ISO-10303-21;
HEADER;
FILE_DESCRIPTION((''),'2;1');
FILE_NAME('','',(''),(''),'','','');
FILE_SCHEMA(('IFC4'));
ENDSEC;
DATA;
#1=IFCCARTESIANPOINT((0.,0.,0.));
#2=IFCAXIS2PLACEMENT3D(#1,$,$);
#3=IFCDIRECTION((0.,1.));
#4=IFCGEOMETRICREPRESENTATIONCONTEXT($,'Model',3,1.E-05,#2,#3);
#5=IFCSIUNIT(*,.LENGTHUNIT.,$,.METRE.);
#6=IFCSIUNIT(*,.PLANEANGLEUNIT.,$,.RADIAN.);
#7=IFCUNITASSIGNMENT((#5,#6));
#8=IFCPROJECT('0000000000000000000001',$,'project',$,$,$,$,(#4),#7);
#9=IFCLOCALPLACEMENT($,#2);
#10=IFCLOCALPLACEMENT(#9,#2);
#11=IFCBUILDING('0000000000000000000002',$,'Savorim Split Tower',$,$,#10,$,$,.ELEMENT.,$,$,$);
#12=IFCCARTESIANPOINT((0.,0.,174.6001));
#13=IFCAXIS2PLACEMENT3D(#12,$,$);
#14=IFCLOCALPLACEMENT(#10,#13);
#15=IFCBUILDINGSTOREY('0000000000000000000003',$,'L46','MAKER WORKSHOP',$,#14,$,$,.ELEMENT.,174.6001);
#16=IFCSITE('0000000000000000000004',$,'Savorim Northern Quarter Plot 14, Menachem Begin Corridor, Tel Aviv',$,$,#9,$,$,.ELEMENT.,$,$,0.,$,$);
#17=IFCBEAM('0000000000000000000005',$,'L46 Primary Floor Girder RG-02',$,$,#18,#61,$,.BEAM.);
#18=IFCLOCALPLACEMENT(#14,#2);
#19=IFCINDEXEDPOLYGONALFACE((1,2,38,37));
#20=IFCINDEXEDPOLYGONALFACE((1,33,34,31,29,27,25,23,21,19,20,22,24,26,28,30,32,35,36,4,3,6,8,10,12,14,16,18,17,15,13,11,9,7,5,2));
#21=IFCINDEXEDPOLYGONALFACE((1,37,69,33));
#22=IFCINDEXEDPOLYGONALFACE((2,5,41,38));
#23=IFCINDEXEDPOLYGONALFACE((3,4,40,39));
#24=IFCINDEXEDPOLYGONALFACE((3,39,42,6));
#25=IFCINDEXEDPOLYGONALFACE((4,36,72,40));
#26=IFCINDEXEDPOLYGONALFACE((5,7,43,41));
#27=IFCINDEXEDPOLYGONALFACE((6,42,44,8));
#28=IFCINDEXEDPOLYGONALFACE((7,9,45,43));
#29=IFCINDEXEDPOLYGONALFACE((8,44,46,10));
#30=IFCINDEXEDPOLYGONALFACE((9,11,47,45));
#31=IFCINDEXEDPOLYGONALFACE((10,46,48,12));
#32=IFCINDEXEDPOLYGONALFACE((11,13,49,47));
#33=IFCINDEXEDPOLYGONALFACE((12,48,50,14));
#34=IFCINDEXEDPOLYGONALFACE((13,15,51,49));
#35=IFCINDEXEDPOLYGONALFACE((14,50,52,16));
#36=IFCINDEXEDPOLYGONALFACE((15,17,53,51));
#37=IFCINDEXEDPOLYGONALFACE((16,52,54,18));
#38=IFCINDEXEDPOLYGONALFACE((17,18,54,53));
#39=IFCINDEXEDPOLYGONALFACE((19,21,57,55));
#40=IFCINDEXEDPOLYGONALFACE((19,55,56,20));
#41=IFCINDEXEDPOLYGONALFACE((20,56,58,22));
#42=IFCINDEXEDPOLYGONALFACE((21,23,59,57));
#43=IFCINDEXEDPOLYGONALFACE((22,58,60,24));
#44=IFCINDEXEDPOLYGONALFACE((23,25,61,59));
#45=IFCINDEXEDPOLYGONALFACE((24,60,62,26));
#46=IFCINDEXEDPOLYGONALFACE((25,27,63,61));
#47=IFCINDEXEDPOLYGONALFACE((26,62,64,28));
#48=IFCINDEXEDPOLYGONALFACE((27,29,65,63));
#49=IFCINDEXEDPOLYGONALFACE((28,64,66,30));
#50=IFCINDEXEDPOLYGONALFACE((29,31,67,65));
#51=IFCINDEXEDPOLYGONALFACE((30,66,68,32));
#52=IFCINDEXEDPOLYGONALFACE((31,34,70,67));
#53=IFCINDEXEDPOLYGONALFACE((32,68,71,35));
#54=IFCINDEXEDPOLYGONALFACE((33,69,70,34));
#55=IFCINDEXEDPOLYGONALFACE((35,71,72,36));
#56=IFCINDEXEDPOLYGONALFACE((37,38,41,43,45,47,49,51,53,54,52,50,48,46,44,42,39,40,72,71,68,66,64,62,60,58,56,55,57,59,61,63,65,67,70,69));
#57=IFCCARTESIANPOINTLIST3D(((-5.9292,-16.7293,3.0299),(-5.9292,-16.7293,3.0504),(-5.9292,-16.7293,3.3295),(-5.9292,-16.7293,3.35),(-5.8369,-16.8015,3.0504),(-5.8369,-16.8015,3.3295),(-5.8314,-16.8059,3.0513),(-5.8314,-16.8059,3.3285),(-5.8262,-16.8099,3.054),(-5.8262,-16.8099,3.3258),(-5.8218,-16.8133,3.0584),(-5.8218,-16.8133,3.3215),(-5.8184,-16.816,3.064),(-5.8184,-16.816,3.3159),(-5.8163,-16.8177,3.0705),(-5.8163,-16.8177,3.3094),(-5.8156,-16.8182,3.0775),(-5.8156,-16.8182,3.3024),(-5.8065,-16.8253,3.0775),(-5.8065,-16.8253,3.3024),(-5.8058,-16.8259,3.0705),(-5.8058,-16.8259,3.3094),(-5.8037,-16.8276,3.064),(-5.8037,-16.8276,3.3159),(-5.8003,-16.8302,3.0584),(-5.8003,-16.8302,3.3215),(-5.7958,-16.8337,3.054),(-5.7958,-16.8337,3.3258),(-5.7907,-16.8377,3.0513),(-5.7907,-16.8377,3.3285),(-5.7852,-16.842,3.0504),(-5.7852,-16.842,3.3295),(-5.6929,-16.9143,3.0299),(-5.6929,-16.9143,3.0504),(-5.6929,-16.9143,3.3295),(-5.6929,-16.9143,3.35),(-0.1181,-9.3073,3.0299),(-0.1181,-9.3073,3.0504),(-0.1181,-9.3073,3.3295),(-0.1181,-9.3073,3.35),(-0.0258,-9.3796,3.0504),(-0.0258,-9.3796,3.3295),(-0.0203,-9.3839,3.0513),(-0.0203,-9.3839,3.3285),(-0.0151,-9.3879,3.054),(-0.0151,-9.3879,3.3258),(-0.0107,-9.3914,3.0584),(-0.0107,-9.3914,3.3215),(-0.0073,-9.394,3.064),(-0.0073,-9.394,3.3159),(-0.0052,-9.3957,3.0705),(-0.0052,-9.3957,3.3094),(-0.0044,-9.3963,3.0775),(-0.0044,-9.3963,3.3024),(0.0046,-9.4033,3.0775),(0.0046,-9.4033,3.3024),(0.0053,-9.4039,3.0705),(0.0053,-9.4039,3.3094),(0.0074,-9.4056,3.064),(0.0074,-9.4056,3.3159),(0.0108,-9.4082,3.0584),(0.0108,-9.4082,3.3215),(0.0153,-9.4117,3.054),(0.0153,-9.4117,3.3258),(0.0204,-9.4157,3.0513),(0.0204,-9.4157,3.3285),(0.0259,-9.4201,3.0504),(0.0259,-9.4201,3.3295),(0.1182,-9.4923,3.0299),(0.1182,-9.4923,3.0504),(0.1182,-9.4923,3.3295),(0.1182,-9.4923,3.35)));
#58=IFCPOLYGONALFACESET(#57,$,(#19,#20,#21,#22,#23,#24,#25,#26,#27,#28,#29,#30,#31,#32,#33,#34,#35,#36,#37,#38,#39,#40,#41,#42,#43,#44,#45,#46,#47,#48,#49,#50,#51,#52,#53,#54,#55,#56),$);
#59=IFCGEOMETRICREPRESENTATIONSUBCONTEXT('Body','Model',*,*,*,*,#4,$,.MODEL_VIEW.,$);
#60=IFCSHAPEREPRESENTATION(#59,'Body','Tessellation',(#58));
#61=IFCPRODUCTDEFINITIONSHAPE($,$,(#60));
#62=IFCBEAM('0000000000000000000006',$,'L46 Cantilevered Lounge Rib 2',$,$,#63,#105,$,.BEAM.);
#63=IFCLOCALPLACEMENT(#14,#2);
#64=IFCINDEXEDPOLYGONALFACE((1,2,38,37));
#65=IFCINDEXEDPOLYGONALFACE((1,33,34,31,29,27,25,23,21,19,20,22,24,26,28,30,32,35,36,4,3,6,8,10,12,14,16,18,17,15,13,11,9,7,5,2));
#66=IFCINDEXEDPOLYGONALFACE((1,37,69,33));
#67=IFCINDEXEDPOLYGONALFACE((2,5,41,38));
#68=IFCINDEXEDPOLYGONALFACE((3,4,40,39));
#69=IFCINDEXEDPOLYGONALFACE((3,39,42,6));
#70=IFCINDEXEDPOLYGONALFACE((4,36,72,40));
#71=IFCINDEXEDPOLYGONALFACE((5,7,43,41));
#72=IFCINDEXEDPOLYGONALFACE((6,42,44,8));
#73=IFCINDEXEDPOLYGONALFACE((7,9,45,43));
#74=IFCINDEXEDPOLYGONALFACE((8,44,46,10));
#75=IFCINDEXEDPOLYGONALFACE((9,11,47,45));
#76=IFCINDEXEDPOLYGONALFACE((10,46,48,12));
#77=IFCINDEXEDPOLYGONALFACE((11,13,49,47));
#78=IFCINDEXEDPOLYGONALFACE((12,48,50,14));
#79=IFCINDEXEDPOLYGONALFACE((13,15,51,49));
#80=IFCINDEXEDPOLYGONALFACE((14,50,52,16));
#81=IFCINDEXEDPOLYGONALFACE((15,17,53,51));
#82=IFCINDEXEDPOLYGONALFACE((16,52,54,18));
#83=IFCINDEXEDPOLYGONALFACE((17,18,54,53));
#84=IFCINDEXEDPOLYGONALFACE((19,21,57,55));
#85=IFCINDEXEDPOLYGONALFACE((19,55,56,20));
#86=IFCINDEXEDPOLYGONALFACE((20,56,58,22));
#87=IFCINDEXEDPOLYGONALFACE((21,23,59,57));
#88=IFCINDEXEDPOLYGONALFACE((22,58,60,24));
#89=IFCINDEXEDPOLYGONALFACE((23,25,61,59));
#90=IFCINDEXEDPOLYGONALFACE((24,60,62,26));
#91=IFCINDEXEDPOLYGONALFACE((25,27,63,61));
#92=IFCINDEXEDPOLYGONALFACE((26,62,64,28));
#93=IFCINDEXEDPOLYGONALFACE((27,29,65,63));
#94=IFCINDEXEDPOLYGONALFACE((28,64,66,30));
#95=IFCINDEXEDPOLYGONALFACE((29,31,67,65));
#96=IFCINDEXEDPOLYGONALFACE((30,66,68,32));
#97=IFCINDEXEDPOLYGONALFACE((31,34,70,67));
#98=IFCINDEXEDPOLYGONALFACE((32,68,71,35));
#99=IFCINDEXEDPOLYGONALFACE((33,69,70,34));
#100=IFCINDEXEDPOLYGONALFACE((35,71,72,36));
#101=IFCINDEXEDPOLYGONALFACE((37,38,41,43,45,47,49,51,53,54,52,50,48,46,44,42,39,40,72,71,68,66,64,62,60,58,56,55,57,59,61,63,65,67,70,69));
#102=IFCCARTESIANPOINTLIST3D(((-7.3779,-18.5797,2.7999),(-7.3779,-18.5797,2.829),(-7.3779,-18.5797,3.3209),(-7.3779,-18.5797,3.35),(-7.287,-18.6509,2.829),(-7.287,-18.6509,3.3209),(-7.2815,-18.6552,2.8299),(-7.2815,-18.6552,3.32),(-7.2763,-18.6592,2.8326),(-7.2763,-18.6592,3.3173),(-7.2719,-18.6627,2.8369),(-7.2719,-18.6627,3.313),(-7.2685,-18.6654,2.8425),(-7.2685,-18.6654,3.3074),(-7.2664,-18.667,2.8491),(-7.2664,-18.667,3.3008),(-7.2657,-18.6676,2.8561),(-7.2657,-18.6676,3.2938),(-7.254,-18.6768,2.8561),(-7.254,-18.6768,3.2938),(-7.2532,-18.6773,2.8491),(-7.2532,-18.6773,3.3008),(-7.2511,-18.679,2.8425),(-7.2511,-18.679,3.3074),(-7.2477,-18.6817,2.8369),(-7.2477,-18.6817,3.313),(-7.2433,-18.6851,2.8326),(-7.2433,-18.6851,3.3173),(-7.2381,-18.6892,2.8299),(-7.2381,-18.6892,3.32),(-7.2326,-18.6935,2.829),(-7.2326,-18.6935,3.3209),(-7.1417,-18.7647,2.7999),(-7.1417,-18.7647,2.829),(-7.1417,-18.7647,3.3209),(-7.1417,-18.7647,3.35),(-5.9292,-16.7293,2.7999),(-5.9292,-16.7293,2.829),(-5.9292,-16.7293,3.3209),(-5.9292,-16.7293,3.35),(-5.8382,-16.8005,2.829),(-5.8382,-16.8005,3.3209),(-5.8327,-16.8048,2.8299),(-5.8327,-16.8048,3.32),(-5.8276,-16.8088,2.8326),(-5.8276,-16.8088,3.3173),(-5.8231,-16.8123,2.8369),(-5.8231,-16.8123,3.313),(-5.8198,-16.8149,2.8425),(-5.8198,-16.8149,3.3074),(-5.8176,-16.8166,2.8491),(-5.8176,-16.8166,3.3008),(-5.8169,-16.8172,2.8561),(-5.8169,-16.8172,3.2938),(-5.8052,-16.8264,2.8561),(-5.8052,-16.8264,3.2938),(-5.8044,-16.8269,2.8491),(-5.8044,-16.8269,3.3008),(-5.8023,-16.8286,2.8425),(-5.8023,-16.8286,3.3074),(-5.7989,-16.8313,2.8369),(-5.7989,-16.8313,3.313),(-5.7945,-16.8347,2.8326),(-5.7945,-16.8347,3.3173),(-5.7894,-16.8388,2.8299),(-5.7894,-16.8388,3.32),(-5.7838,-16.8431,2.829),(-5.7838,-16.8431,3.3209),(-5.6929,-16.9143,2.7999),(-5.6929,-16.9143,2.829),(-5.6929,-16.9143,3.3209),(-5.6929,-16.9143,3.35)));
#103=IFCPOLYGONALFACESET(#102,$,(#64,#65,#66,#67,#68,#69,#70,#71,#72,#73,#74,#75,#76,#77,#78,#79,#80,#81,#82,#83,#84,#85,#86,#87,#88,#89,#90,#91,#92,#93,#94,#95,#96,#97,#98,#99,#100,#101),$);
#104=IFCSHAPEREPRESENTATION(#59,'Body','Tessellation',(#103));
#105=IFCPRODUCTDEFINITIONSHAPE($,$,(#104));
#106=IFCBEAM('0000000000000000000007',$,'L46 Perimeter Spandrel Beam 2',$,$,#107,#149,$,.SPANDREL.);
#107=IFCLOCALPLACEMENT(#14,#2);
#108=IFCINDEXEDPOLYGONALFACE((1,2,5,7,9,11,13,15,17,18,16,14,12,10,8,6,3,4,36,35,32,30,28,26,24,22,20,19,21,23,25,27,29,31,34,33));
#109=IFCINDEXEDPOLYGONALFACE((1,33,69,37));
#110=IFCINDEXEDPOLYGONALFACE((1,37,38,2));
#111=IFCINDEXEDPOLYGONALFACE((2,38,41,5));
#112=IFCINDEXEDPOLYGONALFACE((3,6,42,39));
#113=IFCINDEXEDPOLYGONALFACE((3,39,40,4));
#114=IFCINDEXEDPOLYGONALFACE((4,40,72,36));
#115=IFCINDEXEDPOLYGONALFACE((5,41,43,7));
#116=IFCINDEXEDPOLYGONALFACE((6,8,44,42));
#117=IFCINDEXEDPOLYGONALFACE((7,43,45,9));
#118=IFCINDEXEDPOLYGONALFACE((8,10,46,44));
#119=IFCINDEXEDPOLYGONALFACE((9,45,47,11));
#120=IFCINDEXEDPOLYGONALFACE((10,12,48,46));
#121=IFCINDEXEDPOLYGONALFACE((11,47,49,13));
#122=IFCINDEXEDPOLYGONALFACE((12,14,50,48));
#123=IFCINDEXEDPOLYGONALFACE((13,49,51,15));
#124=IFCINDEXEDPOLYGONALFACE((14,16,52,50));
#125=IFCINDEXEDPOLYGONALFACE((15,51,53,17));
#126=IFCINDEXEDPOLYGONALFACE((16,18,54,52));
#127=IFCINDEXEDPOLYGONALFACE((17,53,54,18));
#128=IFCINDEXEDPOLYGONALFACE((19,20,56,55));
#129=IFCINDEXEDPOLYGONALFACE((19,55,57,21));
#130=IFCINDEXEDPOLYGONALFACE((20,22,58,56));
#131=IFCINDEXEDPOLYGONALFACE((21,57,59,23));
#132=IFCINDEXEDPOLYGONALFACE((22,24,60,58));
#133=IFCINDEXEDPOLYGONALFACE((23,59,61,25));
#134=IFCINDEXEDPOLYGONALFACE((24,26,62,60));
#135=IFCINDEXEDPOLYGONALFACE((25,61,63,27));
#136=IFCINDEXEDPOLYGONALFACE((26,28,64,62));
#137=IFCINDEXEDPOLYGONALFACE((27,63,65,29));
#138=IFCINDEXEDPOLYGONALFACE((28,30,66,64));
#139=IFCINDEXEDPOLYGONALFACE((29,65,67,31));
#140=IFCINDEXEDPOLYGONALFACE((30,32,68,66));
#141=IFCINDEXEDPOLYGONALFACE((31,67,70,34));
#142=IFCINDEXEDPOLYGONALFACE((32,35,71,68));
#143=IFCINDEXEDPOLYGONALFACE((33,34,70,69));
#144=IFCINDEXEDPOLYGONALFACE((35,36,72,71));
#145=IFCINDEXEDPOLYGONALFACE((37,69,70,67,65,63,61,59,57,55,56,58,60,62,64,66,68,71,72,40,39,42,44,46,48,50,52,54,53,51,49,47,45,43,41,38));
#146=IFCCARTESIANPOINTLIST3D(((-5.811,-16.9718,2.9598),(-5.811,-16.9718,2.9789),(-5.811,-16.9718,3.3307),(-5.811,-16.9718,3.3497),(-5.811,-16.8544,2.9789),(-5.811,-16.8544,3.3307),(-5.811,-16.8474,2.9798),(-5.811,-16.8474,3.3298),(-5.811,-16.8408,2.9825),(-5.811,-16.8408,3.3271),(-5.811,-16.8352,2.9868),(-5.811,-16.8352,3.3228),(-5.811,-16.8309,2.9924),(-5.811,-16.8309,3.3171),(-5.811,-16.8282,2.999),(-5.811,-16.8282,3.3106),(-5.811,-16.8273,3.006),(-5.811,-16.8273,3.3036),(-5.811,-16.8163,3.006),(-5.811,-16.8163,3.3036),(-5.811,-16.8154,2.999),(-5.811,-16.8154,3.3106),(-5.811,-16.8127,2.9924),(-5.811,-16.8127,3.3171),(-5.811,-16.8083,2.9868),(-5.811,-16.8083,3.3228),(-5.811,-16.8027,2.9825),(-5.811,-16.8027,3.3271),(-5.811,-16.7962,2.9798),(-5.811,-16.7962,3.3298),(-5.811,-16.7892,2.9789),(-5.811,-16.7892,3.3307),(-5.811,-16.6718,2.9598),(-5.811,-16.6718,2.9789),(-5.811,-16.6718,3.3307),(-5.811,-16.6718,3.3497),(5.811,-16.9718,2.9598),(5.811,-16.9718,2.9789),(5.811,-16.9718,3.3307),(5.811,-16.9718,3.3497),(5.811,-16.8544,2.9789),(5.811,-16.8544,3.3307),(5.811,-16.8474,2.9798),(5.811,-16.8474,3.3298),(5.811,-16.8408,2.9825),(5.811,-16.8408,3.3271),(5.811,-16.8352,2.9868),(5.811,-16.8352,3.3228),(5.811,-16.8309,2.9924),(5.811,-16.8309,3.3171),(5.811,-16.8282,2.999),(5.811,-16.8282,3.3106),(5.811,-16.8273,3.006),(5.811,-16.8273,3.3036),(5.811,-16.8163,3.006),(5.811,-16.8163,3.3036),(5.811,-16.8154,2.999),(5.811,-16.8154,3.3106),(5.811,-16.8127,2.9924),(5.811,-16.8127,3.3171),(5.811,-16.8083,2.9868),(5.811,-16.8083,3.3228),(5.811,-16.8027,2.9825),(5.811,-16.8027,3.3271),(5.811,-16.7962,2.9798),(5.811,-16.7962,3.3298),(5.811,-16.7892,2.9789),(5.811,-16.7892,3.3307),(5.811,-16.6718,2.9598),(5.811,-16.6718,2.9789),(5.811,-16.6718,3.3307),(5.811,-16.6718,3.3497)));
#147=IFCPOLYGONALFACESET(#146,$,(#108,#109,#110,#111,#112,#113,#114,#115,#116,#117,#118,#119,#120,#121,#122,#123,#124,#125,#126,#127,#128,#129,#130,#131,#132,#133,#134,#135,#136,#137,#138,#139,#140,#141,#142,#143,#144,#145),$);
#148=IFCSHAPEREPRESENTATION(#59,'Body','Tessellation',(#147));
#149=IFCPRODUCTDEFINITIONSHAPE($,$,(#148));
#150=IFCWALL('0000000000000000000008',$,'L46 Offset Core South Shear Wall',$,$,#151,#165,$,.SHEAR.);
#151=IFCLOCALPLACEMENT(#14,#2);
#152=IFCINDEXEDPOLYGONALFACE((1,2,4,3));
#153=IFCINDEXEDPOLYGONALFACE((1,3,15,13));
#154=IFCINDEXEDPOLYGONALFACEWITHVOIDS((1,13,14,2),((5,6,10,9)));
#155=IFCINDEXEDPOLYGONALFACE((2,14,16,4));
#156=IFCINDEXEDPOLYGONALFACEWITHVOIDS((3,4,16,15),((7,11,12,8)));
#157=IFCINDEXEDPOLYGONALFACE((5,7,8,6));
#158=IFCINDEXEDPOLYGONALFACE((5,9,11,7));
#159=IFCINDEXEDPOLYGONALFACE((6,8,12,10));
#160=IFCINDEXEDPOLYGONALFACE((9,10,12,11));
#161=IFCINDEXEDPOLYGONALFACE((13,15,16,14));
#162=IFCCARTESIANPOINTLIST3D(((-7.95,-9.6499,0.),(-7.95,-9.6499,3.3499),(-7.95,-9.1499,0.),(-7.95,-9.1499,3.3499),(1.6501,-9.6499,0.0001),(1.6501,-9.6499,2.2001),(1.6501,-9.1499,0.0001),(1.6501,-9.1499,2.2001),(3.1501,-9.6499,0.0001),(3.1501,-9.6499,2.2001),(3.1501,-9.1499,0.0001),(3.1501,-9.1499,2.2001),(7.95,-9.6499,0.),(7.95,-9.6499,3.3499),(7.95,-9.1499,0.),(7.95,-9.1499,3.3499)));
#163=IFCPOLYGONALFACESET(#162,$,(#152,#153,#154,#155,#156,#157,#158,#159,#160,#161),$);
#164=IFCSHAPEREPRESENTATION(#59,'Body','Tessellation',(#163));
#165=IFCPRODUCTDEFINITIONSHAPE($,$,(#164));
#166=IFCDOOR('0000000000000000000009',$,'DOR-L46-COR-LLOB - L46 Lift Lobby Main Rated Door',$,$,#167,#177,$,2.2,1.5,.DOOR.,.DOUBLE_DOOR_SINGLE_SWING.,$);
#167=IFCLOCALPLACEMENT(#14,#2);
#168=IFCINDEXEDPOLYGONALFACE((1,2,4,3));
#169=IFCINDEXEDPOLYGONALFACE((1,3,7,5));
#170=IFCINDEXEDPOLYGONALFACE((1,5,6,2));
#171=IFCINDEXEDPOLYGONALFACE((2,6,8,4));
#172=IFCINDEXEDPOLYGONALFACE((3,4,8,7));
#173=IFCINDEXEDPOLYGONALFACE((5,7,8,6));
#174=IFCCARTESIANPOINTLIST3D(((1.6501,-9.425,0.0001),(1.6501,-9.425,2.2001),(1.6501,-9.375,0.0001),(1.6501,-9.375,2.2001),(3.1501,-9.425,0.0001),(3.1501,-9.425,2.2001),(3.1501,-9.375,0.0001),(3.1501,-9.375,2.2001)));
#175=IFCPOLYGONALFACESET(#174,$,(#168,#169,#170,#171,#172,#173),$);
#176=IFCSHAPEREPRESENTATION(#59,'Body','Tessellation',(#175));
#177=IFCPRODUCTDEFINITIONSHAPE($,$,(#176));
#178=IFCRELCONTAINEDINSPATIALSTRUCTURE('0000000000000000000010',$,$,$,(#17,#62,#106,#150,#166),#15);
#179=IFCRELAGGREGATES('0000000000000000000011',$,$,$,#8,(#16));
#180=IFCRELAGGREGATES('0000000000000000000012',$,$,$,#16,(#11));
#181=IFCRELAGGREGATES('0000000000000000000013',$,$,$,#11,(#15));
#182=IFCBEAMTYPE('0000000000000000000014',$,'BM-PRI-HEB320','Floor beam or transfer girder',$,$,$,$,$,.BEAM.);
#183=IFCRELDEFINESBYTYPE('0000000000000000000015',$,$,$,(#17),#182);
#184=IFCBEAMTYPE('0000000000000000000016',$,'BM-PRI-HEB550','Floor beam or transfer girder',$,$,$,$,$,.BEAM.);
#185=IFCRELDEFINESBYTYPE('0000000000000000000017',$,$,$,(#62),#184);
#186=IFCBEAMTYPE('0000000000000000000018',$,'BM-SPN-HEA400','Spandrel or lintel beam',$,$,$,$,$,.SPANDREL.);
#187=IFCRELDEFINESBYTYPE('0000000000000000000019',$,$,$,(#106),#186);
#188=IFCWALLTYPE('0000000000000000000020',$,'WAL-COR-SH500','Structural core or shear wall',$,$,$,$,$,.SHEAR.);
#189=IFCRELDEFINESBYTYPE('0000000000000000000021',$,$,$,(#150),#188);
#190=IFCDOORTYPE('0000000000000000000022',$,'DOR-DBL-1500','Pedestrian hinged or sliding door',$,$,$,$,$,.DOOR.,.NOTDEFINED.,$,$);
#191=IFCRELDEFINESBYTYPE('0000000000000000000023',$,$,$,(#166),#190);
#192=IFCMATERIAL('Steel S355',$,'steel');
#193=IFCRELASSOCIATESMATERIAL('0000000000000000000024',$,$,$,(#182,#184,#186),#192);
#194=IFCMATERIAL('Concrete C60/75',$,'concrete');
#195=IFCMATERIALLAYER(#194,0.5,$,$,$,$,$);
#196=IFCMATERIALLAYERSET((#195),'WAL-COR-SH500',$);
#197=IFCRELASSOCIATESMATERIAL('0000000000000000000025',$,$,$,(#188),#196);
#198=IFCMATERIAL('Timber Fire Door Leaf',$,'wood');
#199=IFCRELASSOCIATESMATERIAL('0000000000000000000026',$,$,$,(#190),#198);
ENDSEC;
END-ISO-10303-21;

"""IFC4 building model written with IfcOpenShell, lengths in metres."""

from ifc_helpers import new_model, si_unit, direction, frame, frame_2d, origin, origin_2d, place, context, subcontext, project, spatial, rectangle, i_section, extrude, material, layer, layer_set, material_profile, profile_set, type_object, element, fill, save


model = new_model("IFC4")

# Units and contexts
model_context = context("Model", 3, precision=1e-05, world=origin(), true_north=direction((0.0, 1.0)))
body_context = subcontext(model_context, "Body", "Model", "MODEL_VIEW")
ifc_project = project(units=[si_unit("LENGTHUNIT", "METRE"), si_unit("PLANEANGLEUNIT", "RADIAN")], contexts=[model_context])

# Site, building, storey
site_placement = place(None, origin())
site = spatial("IfcSite", under=ifc_project, at=site_placement, Name="Savorim Northern Quarter Plot 14, Menachem Begin Corridor, Tel Aviv", CompositionType="ELEMENT", RefElevation=0.0)
building_placement = place(site_placement, origin())
building = spatial("IfcBuilding", under=site, at=building_placement, Name="Savorim Split Tower", CompositionType="ELEMENT")
storey_placement = place(building_placement, frame((0.0, 0.0, 174.6001)))
storey = spatial("IfcBuildingStorey", under=building, at=storey_placement, Name="L46", Description="MAKER WORKSHOP", CompositionType="ELEMENT", Elevation=174.6001)

# Beams
ifc_material_1 = material(Name="Steel S355", Category="steel")
ifc_material_profile_1 = material_profile(ifc_material_1, i_section(OverallWidth=0.3, OverallDepth=0.3201, WebThickness=0.0115, FlangeThickness=0.0205, FilletRadius=0.0271, at=origin_2d()), Name="HEB 320")
ifc_profile_set_1 = profile_set([ifc_material_profile_1], Name="Steel S355")
beam_type_1 = type_object("IfcBeamType", Name="BM-PRI-HEB320", Description="Floor beam or transfer girder", PredefinedType="BEAM", material=ifc_profile_set_1)
beam_1_placement = place(storey_placement, frame((-5.811, -16.8218, 3.1899), z_axis=(0.61648, 0.787371, 0.0), x_axis=(-0.787371, 0.61648, 0.0)))
element("IfcBeam", 1, at=beam_1_placement, inside=storey, type_object=beam_type_1, Name="L46 Primary Floor Girder RG-02", PredefinedType="BEAM", context=body_context, shape_type="SweptSolid", body=[
    extrude(i_section(OverallWidth=0.3, OverallDepth=0.3201, WebThickness=0.0115, FlangeThickness=0.0205, FilletRadius=0.0271, at=origin_2d()), origin(), (0.0, 0.0, 1.0), 9.4263),
])
ifc_material_profile_2 = material_profile(ifc_material_1, i_section(OverallWidth=0.3, OverallDepth=0.55, WebThickness=0.0149, FlangeThickness=0.0291, FilletRadius=0.0271, at=origin_2d()), Name="HEB 550")
ifc_profile_set_2 = profile_set([ifc_material_profile_2], Name="Steel S355")
beam_type_2 = type_object("IfcBeamType", Name="BM-PRI-HEB550", Description="Floor beam or transfer girder", PredefinedType="BEAM", material=ifc_profile_set_2)
beam_2_placement = place(storey_placement, frame((-5.811, -16.8218, 3.075), z_axis=(-0.616476, -0.787373, 0.0), x_axis=(0.787373, -0.616476, 0.0)))
element("IfcBeam", 2, at=beam_2_placement, inside=storey, type_object=beam_type_2, Name="L46 Cantilevered Lounge Rib 2", PredefinedType="BEAM", context=body_context, shape_type="SweptSolid", body=[
    extrude(i_section(OverallWidth=0.3, OverallDepth=0.55, WebThickness=0.0149, FlangeThickness=0.0291, FilletRadius=0.0271, at=origin_2d()), origin(), (0.0, 0.0, 1.0), 2.3501),
])
ifc_material_profile_3 = material_profile(ifc_material_1, i_section(OverallWidth=0.3, OverallDepth=0.3899, WebThickness=0.011, FlangeThickness=0.019, FilletRadius=0.0271, at=origin_2d()), Name="HEA 400")
ifc_profile_set_3 = profile_set([ifc_material_profile_3], Name="Steel S355")
beam_type_3 = type_object("IfcBeamType", Name="BM-SPN-HEA400", Description="Spandrel or lintel beam", PredefinedType="SPANDREL", material=ifc_profile_set_3)
beam_3_placement = place(storey_placement, frame((-5.811, -16.8218, 3.1548), z_axis=(1.0, 0.0, 0.0), x_axis=(0.0, 1.0, 0.0)))
element("IfcBeam", 3, at=beam_3_placement, inside=storey, type_object=beam_type_3, Name="L46 Perimeter Spandrel Beam 2", PredefinedType="SPANDREL", context=body_context, shape_type="SweptSolid", body=[
    extrude(i_section(OverallWidth=0.3, OverallDepth=0.3899, WebThickness=0.011, FlangeThickness=0.019, FilletRadius=0.0271, at=origin_2d()), origin(), (0.0, 0.0, 1.0), 11.6221),
])

# Wall, opening, door
ifc_material_2 = material(Name="Concrete C60/75", Category="concrete")
ifc_layer_1 = layer(ifc_material_2, 0.5)
ifc_layer_set_1 = layer_set([ifc_layer_1], Name="WAL-COR-SH500")
wall_type_1 = type_object("IfcWallType", Name="WAL-COR-SH500", Description="Structural core or shear wall", PredefinedType="SHEAR", material=ifc_layer_set_1)
wall_1_placement = place(storey_placement, frame((-7.95, -9.3999, 0.0), z_axis=(0.0, 0.0, 1.0), x_axis=(1.0, 0.0, 0.0)))
wall_1 = element("IfcWall", 4, at=wall_1_placement, inside=storey, type_object=wall_type_1, Name="L46 Offset Core South Shear Wall", PredefinedType="SHEAR", context=body_context, shape_type="SweptSolid", body=[
    extrude(rectangle(XDim=15.8999, YDim=0.5, at=frame_2d((7.95, 0.0))), origin(), (0.0, 0.0, 1.0), 3.3499),
])
opening_1_placement = place(wall_1_placement, frame((9.6001, 0.0, 0.0)))
opening_1 = element("IfcOpeningElement", 5, at=opening_1_placement, cuts=wall_1, PredefinedType="OPENING", context=body_context, shape_type="SweptSolid", body=[
    extrude(rectangle(XDim=1.5, YDim=2.2, at=frame_2d((0.75, 1.1001))), frame((0.0, 0.26, 0.0), z_axis=(0.0, -1.0, 0.0), x_axis=(1.0, 0.0, 0.0)), (0.0, 0.0, 1.0), 0.52),
])
ifc_material_3 = material(Name="Timber Fire Door Leaf", Category="wood")
door_type_1 = type_object("IfcDoorType", Name="DOR-DBL-1500", Description="Pedestrian hinged or sliding door", OperationType="NOTDEFINED", PredefinedType="DOOR", material=ifc_material_3)
door_1_placement = place(opening_1_placement, origin())
door_1 = element("IfcDoor", 6, at=door_1_placement, inside=storey, type_object=door_type_1, Name="DOR-L46-COR-LLOB - L46 Lift Lobby Main Rated Door", OperationType="DOUBLE_DOOR_SINGLE_SWING", OverallHeight=2.2, OverallWidth=1.5, PredefinedType="DOOR", context=body_context, shape_type="SweptSolid", body=[
    extrude(rectangle(XDim=1.5, YDim=2.2, at=frame_2d((0.75, 1.1001))), frame((0.0, 0.0249, 0.0), z_axis=(0.0, -1.0, 0.0), x_axis=(1.0, 0.0, 0.0)), (0.0, 0.0, 1.0), 0.05),
])
fill(opening_1, door_1)

save(model, "model.ifc")
